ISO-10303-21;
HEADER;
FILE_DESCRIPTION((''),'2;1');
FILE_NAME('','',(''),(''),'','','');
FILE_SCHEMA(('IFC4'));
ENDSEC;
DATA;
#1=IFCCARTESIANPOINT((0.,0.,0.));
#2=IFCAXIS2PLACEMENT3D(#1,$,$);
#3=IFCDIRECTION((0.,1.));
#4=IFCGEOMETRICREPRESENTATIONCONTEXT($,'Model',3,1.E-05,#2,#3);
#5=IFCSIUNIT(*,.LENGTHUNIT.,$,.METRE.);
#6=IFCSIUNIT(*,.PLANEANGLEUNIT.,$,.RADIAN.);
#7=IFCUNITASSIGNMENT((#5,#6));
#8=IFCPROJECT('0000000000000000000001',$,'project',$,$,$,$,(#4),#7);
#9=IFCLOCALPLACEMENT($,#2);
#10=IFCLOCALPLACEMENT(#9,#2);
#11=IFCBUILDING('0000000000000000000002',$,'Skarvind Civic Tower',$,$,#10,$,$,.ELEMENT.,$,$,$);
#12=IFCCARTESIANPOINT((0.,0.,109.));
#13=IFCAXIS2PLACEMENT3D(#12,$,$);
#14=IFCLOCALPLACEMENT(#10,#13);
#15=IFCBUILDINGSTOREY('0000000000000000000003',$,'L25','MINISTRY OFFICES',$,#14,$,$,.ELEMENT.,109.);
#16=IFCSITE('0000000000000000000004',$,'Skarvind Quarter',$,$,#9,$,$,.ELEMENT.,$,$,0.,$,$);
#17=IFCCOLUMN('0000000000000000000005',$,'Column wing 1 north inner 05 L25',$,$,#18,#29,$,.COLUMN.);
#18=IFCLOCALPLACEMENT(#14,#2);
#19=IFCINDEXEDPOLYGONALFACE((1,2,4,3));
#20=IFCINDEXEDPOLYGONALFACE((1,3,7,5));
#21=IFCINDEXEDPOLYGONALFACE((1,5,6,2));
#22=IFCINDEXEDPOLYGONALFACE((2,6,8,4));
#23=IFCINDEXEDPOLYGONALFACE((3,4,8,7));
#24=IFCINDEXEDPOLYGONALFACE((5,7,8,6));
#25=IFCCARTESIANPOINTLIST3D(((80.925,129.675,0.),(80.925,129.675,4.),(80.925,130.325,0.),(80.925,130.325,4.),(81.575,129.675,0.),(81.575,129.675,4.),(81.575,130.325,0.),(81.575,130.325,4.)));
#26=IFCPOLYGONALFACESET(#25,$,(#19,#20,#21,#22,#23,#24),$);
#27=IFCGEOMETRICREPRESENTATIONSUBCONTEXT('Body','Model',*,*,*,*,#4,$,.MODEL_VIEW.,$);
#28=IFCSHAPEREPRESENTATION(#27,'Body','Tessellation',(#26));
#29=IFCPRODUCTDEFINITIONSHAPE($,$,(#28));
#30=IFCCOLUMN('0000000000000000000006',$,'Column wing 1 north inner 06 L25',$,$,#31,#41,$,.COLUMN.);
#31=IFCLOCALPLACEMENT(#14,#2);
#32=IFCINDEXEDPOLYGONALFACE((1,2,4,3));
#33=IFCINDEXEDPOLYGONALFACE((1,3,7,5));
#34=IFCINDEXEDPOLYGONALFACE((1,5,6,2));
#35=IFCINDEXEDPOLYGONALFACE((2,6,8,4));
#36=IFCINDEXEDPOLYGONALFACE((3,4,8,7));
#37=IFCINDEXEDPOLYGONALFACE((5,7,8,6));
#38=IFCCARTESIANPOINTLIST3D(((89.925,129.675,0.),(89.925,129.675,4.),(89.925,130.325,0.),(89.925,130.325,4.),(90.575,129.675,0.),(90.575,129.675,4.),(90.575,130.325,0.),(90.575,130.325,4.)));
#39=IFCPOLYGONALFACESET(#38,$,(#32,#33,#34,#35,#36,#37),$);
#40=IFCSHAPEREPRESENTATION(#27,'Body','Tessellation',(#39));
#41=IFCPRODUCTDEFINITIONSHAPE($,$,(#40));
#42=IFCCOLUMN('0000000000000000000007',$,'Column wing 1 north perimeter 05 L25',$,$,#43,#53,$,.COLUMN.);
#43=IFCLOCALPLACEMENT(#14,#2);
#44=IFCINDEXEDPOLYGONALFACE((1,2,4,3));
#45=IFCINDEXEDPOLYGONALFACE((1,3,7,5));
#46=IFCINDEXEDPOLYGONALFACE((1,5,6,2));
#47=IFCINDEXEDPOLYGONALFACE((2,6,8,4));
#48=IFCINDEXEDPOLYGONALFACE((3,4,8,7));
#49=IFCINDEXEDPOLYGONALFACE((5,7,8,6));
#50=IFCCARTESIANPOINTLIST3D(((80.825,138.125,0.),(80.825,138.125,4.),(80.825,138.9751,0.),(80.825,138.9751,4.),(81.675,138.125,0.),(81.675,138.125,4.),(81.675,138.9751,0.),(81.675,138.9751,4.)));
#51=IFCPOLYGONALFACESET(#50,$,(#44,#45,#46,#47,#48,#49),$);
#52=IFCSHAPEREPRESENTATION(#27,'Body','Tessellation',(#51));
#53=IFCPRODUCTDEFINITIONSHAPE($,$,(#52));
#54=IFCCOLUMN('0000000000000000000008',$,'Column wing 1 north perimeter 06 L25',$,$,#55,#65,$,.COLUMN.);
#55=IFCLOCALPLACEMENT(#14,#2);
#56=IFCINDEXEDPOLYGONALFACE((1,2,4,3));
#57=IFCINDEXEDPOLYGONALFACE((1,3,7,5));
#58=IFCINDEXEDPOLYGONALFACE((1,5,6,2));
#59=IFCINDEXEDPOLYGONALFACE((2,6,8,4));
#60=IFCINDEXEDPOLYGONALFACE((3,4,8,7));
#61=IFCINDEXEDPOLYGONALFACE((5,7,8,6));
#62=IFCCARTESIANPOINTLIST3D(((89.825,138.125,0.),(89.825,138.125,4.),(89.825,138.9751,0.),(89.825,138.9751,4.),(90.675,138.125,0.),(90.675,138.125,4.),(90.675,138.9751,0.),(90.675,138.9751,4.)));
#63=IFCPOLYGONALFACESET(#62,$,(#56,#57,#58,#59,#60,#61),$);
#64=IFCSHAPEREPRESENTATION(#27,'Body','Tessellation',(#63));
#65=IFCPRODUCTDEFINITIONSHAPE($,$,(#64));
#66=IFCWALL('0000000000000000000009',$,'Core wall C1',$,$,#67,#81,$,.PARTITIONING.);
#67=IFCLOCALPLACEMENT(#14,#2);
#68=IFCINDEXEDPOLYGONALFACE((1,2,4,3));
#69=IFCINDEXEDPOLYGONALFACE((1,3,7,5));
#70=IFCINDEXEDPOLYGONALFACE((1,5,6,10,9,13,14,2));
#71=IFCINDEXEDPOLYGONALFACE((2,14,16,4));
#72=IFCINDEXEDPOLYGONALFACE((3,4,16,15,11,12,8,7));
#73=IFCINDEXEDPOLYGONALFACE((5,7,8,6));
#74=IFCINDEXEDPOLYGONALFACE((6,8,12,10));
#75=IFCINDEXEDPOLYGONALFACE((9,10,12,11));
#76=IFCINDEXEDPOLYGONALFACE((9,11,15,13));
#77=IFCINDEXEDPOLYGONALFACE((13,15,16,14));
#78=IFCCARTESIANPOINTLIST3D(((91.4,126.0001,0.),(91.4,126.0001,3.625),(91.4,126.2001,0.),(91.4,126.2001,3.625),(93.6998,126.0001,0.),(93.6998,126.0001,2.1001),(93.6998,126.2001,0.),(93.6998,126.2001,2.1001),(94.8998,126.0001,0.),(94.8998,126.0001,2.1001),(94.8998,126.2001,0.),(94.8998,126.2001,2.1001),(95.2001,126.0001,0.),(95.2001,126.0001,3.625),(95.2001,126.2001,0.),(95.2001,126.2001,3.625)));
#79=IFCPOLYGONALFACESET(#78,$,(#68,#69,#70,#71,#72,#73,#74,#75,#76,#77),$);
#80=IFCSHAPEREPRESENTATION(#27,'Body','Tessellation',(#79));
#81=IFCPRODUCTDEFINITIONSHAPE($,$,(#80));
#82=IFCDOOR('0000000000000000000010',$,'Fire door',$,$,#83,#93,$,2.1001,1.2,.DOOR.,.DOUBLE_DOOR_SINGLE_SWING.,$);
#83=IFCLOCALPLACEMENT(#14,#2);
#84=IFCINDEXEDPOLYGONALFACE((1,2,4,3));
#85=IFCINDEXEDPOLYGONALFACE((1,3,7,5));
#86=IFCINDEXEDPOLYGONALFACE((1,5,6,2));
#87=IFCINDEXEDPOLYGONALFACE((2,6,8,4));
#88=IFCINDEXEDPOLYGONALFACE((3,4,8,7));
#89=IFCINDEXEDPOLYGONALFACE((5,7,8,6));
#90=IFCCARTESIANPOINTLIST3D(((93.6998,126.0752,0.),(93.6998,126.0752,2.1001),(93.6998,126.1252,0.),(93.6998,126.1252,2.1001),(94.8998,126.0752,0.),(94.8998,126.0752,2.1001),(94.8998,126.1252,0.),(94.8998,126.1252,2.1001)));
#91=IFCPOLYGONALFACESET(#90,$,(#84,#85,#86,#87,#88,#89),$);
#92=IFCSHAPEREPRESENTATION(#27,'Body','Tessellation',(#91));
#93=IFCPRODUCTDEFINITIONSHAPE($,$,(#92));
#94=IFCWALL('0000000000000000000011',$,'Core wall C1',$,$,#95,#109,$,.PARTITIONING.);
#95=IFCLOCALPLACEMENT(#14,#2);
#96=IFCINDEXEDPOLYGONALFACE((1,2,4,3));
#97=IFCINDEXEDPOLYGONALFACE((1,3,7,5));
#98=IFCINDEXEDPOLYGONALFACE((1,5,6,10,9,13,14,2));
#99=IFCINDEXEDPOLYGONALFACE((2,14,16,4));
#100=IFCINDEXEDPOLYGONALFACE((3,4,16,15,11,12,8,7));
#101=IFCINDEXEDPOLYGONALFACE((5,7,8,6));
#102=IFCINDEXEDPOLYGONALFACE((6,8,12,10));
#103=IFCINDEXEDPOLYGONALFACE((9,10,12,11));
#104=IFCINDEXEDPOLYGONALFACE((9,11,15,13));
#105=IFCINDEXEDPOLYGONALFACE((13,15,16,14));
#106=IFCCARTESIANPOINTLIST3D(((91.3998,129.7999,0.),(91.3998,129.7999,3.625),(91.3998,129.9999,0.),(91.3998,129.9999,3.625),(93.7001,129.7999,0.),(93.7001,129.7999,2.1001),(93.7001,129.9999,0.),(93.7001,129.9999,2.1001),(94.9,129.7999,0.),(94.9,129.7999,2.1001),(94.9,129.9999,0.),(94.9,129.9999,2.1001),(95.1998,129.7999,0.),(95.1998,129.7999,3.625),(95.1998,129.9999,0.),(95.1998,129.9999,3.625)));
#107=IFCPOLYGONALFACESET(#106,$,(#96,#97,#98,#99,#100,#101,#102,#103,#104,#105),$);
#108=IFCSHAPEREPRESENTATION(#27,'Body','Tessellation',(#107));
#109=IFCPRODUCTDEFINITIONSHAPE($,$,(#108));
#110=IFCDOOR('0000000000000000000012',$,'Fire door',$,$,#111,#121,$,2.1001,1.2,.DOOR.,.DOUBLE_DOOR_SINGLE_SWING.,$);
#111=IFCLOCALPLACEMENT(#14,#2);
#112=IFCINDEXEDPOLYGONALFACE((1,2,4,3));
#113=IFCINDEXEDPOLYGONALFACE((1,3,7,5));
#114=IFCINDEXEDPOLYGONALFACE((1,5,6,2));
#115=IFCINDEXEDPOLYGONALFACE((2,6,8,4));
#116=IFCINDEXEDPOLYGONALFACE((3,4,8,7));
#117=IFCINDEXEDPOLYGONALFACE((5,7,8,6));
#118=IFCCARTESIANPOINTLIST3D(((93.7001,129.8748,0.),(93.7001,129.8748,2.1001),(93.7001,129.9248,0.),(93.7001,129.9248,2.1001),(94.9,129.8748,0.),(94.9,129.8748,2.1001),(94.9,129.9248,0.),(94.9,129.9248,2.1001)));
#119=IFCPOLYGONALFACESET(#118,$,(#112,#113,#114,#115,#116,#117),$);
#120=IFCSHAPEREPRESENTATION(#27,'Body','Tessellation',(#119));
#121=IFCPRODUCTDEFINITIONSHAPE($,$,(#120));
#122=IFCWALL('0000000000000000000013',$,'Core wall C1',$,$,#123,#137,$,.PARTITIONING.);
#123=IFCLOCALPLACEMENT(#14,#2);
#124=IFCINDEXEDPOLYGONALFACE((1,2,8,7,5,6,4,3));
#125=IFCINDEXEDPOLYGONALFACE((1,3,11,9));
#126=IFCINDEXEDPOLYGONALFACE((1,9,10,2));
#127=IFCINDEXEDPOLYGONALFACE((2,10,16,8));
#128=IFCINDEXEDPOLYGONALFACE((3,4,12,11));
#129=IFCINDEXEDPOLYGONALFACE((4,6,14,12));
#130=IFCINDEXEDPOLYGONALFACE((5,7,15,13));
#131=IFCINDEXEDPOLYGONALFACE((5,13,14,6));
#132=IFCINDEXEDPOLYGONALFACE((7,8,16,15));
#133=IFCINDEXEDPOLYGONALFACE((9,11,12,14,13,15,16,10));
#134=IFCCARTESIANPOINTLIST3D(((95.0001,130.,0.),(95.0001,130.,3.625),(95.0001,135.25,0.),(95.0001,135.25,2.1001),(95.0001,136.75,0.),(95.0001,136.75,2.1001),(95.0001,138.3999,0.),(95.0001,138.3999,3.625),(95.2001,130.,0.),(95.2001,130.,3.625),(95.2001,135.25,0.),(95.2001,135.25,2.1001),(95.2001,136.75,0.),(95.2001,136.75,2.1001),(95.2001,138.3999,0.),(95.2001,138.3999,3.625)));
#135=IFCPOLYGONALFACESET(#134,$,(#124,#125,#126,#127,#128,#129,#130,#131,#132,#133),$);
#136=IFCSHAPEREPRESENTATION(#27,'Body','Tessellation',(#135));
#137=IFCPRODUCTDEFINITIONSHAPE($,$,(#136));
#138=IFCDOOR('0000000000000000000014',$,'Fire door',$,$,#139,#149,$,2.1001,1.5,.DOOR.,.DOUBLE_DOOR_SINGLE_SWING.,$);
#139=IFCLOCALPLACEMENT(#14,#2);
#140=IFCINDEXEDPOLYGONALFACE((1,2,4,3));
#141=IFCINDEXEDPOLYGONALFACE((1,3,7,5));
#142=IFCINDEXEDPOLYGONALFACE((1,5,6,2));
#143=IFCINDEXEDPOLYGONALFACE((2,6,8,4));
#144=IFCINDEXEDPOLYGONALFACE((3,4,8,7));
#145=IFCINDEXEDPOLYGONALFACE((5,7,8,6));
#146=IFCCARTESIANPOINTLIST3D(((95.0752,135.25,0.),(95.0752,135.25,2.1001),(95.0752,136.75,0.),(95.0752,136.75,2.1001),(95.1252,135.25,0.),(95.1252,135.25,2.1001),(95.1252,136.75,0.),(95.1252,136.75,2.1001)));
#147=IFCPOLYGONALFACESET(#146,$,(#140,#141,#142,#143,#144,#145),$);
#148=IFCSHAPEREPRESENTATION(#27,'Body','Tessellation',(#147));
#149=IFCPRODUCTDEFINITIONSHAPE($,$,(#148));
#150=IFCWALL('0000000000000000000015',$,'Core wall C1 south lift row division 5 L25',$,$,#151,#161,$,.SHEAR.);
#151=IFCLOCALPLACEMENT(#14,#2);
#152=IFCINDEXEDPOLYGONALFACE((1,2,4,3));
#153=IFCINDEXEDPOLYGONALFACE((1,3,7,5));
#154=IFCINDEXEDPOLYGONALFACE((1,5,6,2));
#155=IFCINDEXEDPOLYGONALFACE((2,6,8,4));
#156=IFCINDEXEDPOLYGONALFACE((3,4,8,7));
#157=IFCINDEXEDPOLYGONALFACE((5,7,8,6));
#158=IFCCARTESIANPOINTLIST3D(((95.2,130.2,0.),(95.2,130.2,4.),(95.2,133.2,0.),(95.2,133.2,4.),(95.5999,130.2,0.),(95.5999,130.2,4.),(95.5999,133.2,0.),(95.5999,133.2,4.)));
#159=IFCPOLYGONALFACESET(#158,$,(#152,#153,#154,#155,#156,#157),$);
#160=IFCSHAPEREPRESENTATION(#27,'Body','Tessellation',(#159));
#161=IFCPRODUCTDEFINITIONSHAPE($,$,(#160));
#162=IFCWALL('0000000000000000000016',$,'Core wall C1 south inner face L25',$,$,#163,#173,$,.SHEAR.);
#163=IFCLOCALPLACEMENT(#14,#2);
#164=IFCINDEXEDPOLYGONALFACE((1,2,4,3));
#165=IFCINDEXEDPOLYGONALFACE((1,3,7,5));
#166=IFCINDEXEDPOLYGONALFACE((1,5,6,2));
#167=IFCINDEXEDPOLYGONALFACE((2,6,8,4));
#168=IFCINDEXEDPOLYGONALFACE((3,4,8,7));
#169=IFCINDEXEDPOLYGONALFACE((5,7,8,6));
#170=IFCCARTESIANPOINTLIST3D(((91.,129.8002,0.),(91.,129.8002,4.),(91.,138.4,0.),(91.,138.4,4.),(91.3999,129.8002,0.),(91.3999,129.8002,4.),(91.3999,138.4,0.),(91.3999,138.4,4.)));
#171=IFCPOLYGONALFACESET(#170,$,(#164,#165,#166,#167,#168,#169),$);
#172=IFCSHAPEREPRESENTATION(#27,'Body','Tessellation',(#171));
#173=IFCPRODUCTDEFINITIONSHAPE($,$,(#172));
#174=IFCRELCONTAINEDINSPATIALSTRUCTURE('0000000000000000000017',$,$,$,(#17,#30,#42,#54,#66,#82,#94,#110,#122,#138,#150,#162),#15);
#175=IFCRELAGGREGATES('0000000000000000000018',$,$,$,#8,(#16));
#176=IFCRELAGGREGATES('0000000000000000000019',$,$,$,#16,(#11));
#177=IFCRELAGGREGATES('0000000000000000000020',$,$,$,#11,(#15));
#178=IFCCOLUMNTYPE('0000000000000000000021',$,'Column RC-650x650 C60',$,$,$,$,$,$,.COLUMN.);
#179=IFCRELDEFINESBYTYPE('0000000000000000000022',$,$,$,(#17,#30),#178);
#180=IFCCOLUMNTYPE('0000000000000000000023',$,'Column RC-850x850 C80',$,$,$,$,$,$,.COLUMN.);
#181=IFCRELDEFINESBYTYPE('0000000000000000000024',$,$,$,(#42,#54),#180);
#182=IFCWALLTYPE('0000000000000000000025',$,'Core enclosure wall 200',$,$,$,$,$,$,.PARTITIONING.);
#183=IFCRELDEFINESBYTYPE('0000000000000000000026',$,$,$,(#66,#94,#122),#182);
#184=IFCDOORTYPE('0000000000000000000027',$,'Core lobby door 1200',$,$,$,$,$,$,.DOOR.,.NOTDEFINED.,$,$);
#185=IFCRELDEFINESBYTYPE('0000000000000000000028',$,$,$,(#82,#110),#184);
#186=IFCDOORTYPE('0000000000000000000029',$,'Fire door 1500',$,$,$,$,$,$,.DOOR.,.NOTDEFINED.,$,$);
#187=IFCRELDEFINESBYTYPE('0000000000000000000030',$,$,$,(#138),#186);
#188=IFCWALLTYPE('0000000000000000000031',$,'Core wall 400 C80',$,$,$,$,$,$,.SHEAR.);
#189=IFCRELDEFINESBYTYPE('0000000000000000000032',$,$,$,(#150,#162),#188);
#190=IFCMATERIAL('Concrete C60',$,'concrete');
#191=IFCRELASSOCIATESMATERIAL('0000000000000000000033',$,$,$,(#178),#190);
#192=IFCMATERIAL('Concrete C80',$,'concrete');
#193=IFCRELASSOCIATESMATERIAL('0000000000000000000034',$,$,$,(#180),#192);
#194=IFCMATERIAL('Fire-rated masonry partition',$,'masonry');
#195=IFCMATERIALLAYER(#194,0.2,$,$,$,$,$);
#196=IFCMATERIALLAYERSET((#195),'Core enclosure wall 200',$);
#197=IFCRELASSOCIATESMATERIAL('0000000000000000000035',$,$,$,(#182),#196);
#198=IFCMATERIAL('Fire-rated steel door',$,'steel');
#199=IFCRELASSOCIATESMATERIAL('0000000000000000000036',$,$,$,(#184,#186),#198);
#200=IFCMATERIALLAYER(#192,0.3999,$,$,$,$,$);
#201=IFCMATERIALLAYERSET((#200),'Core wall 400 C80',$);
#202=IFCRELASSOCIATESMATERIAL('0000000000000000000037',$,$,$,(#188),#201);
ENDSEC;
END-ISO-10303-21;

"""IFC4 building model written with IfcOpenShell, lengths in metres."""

from ifc_helpers import new_model, si_unit, direction, frame, frame_2d, origin, origin_2d, place, context, subcontext, project, spatial, rectangle, extrude, material, layer, layer_set, material_profile, profile_set, type_object, element, fill, save


model = new_model("IFC4")

# Units and contexts
model_context = context("Model", 3, precision=1e-05, world=origin(), true_north=direction((0.0, 1.0)))
body_context = subcontext(model_context, "Body", "Model", "MODEL_VIEW")
ifc_project = project(units=[si_unit("LENGTHUNIT", "METRE"), si_unit("PLANEANGLEUNIT", "RADIAN")], contexts=[model_context])

# Site, building, storey
site_placement = place(None, origin())
site = spatial("IfcSite", under=ifc_project, at=site_placement, Name="Skarvind Quarter", CompositionType="ELEMENT", RefElevation=0.0)
building_placement = place(site_placement, origin())
building = spatial("IfcBuilding", under=site, at=building_placement, Name="Skarvind Civic Tower", CompositionType="ELEMENT")
storey_placement = place(building_placement, frame((0.0, 0.0, 109.0)))
storey = spatial("IfcBuildingStorey", under=building, at=storey_placement, Name="L25", Description="MINISTRY OFFICES", CompositionType="ELEMENT", Elevation=109.0)

# Columns
ifc_material_1 = material(Name="Concrete C60", Category="concrete")
ifc_material_profile_1 = material_profile(ifc_material_1, rectangle(XDim=0.6499, YDim=0.6499, at=origin_2d()), Name="RC-650x650")
ifc_profile_set_1 = profile_set([ifc_material_profile_1], Name="Concrete C60")
column_type_1 = type_object("IfcColumnType", Name="Column RC-650x650 C60", PredefinedType="COLUMN", material=ifc_profile_set_1)
for number, where, z_axis, x_axis, name in (
    (1, (81.25, 130.0, 0.0), (0.0, 0.0, 1.0), (1.0, 0.0, 0.0), "Column wing 1 north inner 05 L25"),
    (2, (90.25, 130.0, 0.0), (0.0, 0.0, 1.0), (1.0, 0.0, 0.0), "Column wing 1 north inner 06 L25"),
):
    element("IfcColumn", number, at=place(storey_placement, frame(where, z_axis=z_axis, x_axis=x_axis)), inside=storey, type_object=column_type_1, Name=name, PredefinedType="COLUMN", context=body_context, shape_type="SweptSolid", body=[
        extrude(rectangle(XDim=0.6499, YDim=0.6499, at=origin_2d()), origin(), (0.0, 0.0, 1.0), 4.0),
    ])
ifc_material_2 = material(Name="Concrete C80", Category="concrete")
ifc_material_profile_2 = material_profile(ifc_material_2, rectangle(XDim=0.8501, YDim=0.8501, at=origin_2d()), Name="RC-850x850")
ifc_profile_set_2 = profile_set([ifc_material_profile_2], Name="Concrete C80")
column_type_2 = type_object("IfcColumnType", Name="Column RC-850x850 C80", PredefinedType="COLUMN", material=ifc_profile_set_2)
for number, where, z_axis, x_axis, name in (
    (3, (81.25, 138.55, 0.0), (0.0, 0.0, 1.0), (1.0, 0.0, 0.0), "Column wing 1 north perimeter 05 L25"),
    (4, (90.25, 138.55, 0.0), (0.0, 0.0, 1.0), (1.0, 0.0, 0.0), "Column wing 1 north perimeter 06 L25"),
):
    element("IfcColumn", number, at=place(storey_placement, frame(where, z_axis=z_axis, x_axis=x_axis)), inside=storey, type_object=column_type_2, Name=name, PredefinedType="COLUMN", context=body_context, shape_type="SweptSolid", body=[
        extrude(rectangle(XDim=0.8501, YDim=0.8501, at=origin_2d()), origin(), (0.0, 0.0, 1.0), 4.0),
    ])

# Walls, openings, doors
ifc_material_3 = material(Name="Fire-rated masonry partition", Category="masonry")
ifc_layer_1 = layer(ifc_material_3, 0.2)
ifc_layer_set_1 = layer_set([ifc_layer_1], Name="Core enclosure wall 200")
wall_type_1 = type_object("IfcWallType", Name="Core enclosure wall 200", PredefinedType="PARTITIONING", material=ifc_layer_set_1)
wall_1_placement = place(storey_placement, frame((95.2, 126.1001, 0.0), z_axis=(0.0, 0.0, 1.0), x_axis=(-1.0, 0.0, 0.0)))
wall_1 = element("IfcWall", 5, at=wall_1_placement, inside=storey, type_object=wall_type_1, Name="Core wall C1", PredefinedType="PARTITIONING", context=body_context, shape_type="SweptSolid", body=[
    extrude(rectangle(XDim=3.8, YDim=0.2, at=frame_2d((1.8999, 0.0))), origin(), (0.0, 0.0, 1.0), 3.625),
])
opening_1_placement = place(wall_1_placement, frame((0.3, 0.0, 0.0)))
opening_1 = element("IfcOpeningElement", 6, at=opening_1_placement, cuts=wall_1, PredefinedType="OPENING", context=body_context, shape_type="SweptSolid", body=[
    extrude(rectangle(XDim=1.2, YDim=2.1001, at=frame_2d((0.6001, 1.05))), frame((0.0, 0.1099, 0.0), z_axis=(0.0, -1.0, 0.0), x_axis=(1.0, 0.0, 0.0)), (0.0, 0.0, 1.0), 0.22),
])
ifc_material_4 = material(Name="Fire-rated steel door", Category="steel")
door_type_1 = type_object("IfcDoorType", Name="Core lobby door 1200", OperationType="NOTDEFINED", PredefinedType="DOOR", material=ifc_material_4)
door_1_placement = place(opening_1_placement, origin())
door_1 = element("IfcDoor", 7, at=door_1_placement, inside=storey, type_object=door_type_1, Name="Fire door", OperationType="DOUBLE_DOOR_SINGLE_SWING", OverallHeight=2.1001, OverallWidth=1.2, PredefinedType="DOOR", context=body_context, shape_type="SweptSolid", body=[
    extrude(rectangle(XDim=1.2, YDim=2.1001, at=frame_2d((0.6001, 1.05))), frame((0.0, 0.0249, 0.0), z_axis=(0.0, -1.0, 0.0), x_axis=(1.0, 0.0, 0.0)), (0.0, 0.0, 1.0), 0.05),
])
fill(opening_1, door_1)
wall_2_placement = place(storey_placement, frame((91.3999, 129.8999, 0.0), z_axis=(0.0, 0.0, 1.0), x_axis=(1.0, 0.0, 0.0)))
wall_2 = element("IfcWall", 8, at=wall_2_placement, inside=storey, type_object=wall_type_1, Name="Core wall C1", PredefinedType="PARTITIONING", context=body_context, shape_type="SweptSolid", body=[
    extrude(rectangle(XDim=3.8, YDim=0.2, at=frame_2d((1.8999, 0.0))), origin(), (0.0, 0.0, 1.0), 3.625),
])
opening_2_placement = place(wall_2_placement, frame((2.3, 0.0, 0.0)))
opening_2 = element("IfcOpeningElement", 9, at=opening_2_placement, cuts=wall_2, PredefinedType="OPENING", context=body_context, shape_type="SweptSolid", body=[
    extrude(rectangle(XDim=1.2, YDim=2.1001, at=frame_2d((0.6001, 1.05))), frame((0.0, 0.1099, 0.0), z_axis=(0.0, -1.0, 0.0), x_axis=(1.0, 0.0, 0.0)), (0.0, 0.0, 1.0), 0.22),
])
door_2_placement = place(opening_2_placement, origin())
door_2 = element("IfcDoor", 10, at=door_2_placement, inside=storey, type_object=door_type_1, Name="Fire door", OperationType="DOUBLE_DOOR_SINGLE_SWING", OverallHeight=2.1001, OverallWidth=1.2, PredefinedType="DOOR", context=body_context, shape_type="SweptSolid", body=[
    extrude(rectangle(XDim=1.2, YDim=2.1001, at=frame_2d((0.6001, 1.05))), frame((0.0, 0.0249, 0.0), z_axis=(0.0, -1.0, 0.0), x_axis=(1.0, 0.0, 0.0)), (0.0, 0.0, 1.0), 0.05),
])
fill(opening_2, door_2)
wall_3_placement = place(storey_placement, frame((95.1001, 130.0, 0.0), z_axis=(0.0, 0.0, 1.0), x_axis=(0.0, 1.0, 0.0)))
wall_3 = element("IfcWall", 11, at=wall_3_placement, inside=storey, type_object=wall_type_1, Name="Core wall C1", PredefinedType="PARTITIONING", context=body_context, shape_type="SweptSolid", body=[
    extrude(rectangle(XDim=8.3999, YDim=0.2, at=frame_2d((4.2, 0.0))), origin(), (0.0, 0.0, 1.0), 3.625),
])
opening_3_placement = place(wall_3_placement, frame((5.25, 0.0, 0.0)))
opening_3 = element("IfcOpeningElement", 12, at=opening_3_placement, cuts=wall_3, PredefinedType="OPENING", context=body_context, shape_type="SweptSolid", body=[
    extrude(rectangle(XDim=1.5, YDim=2.1001, at=frame_2d((0.75, 1.05))), frame((0.0, 0.1099, 0.0), z_axis=(0.0, -1.0, 0.0), x_axis=(1.0, 0.0, 0.0)), (0.0, 0.0, 1.0), 0.22),
])
door_type_2 = type_object("IfcDoorType", Name="Fire door 1500", OperationType="NOTDEFINED", PredefinedType="DOOR", material=ifc_material_4)
door_3_placement = place(opening_3_placement, origin())
door_3 = element("IfcDoor", 13, at=door_3_placement, inside=storey, type_object=door_type_2, Name="Fire door", OperationType="DOUBLE_DOOR_SINGLE_SWING", OverallHeight=2.1001, OverallWidth=1.5, PredefinedType="DOOR", context=body_context, shape_type="SweptSolid", body=[
    extrude(rectangle(XDim=1.5, YDim=2.1001, at=frame_2d((0.75, 1.05))), frame((0.0, 0.0249, 0.0), z_axis=(0.0, -1.0, 0.0), x_axis=(1.0, 0.0, 0.0)), (0.0, 0.0, 1.0), 0.05),
])
fill(opening_3, door_3)

# Walls
ifc_layer_2 = layer(ifc_material_2, 0.3999)
ifc_layer_set_2 = layer_set([ifc_layer_2], Name="Core wall 400 C80")
wall_type_2 = type_object("IfcWallType", Name="Core wall 400 C80", PredefinedType="SHEAR", material=ifc_layer_set_2)
wall_4_placement = place(storey_placement, frame((95.3999, 133.2, 0.0), z_axis=(0.0, 0.0, 1.0), x_axis=(0.0, -1.0, 0.0)))
element("IfcWall", 14, at=wall_4_placement, inside=storey, type_object=wall_type_2, Name="Core wall C1 south lift row division 5 L25", PredefinedType="SHEAR", context=body_context, shape_type="SweptSolid", body=[
    extrude(rectangle(XDim=3.0, YDim=0.3999, at=frame_2d((1.5, 0.0))), origin(), (0.0, 0.0, 1.0), 4.0),
])
for number, where, z_axis, x_axis, name in (
    (15, (91.2, 138.3999, 0.0), (0.0, 0.0, 1.0), (0.0, -1.0, 0.0), "Core wall C1 south inner face L25"),
):
    element("IfcWall", number, at=place(storey_placement, frame(where, z_axis=z_axis, x_axis=x_axis)), inside=storey, type_object=wall_type_2, Name=name, PredefinedType="SHEAR", context=body_context, shape_type="SweptSolid", body=[
        extrude(rectangle(XDim=8.5999, YDim=0.3999, at=frame_2d((4.2998, 0.0))), origin(), (0.0, 0.0, 1.0), 4.0),
    ])

save(model, "model.ifc")
